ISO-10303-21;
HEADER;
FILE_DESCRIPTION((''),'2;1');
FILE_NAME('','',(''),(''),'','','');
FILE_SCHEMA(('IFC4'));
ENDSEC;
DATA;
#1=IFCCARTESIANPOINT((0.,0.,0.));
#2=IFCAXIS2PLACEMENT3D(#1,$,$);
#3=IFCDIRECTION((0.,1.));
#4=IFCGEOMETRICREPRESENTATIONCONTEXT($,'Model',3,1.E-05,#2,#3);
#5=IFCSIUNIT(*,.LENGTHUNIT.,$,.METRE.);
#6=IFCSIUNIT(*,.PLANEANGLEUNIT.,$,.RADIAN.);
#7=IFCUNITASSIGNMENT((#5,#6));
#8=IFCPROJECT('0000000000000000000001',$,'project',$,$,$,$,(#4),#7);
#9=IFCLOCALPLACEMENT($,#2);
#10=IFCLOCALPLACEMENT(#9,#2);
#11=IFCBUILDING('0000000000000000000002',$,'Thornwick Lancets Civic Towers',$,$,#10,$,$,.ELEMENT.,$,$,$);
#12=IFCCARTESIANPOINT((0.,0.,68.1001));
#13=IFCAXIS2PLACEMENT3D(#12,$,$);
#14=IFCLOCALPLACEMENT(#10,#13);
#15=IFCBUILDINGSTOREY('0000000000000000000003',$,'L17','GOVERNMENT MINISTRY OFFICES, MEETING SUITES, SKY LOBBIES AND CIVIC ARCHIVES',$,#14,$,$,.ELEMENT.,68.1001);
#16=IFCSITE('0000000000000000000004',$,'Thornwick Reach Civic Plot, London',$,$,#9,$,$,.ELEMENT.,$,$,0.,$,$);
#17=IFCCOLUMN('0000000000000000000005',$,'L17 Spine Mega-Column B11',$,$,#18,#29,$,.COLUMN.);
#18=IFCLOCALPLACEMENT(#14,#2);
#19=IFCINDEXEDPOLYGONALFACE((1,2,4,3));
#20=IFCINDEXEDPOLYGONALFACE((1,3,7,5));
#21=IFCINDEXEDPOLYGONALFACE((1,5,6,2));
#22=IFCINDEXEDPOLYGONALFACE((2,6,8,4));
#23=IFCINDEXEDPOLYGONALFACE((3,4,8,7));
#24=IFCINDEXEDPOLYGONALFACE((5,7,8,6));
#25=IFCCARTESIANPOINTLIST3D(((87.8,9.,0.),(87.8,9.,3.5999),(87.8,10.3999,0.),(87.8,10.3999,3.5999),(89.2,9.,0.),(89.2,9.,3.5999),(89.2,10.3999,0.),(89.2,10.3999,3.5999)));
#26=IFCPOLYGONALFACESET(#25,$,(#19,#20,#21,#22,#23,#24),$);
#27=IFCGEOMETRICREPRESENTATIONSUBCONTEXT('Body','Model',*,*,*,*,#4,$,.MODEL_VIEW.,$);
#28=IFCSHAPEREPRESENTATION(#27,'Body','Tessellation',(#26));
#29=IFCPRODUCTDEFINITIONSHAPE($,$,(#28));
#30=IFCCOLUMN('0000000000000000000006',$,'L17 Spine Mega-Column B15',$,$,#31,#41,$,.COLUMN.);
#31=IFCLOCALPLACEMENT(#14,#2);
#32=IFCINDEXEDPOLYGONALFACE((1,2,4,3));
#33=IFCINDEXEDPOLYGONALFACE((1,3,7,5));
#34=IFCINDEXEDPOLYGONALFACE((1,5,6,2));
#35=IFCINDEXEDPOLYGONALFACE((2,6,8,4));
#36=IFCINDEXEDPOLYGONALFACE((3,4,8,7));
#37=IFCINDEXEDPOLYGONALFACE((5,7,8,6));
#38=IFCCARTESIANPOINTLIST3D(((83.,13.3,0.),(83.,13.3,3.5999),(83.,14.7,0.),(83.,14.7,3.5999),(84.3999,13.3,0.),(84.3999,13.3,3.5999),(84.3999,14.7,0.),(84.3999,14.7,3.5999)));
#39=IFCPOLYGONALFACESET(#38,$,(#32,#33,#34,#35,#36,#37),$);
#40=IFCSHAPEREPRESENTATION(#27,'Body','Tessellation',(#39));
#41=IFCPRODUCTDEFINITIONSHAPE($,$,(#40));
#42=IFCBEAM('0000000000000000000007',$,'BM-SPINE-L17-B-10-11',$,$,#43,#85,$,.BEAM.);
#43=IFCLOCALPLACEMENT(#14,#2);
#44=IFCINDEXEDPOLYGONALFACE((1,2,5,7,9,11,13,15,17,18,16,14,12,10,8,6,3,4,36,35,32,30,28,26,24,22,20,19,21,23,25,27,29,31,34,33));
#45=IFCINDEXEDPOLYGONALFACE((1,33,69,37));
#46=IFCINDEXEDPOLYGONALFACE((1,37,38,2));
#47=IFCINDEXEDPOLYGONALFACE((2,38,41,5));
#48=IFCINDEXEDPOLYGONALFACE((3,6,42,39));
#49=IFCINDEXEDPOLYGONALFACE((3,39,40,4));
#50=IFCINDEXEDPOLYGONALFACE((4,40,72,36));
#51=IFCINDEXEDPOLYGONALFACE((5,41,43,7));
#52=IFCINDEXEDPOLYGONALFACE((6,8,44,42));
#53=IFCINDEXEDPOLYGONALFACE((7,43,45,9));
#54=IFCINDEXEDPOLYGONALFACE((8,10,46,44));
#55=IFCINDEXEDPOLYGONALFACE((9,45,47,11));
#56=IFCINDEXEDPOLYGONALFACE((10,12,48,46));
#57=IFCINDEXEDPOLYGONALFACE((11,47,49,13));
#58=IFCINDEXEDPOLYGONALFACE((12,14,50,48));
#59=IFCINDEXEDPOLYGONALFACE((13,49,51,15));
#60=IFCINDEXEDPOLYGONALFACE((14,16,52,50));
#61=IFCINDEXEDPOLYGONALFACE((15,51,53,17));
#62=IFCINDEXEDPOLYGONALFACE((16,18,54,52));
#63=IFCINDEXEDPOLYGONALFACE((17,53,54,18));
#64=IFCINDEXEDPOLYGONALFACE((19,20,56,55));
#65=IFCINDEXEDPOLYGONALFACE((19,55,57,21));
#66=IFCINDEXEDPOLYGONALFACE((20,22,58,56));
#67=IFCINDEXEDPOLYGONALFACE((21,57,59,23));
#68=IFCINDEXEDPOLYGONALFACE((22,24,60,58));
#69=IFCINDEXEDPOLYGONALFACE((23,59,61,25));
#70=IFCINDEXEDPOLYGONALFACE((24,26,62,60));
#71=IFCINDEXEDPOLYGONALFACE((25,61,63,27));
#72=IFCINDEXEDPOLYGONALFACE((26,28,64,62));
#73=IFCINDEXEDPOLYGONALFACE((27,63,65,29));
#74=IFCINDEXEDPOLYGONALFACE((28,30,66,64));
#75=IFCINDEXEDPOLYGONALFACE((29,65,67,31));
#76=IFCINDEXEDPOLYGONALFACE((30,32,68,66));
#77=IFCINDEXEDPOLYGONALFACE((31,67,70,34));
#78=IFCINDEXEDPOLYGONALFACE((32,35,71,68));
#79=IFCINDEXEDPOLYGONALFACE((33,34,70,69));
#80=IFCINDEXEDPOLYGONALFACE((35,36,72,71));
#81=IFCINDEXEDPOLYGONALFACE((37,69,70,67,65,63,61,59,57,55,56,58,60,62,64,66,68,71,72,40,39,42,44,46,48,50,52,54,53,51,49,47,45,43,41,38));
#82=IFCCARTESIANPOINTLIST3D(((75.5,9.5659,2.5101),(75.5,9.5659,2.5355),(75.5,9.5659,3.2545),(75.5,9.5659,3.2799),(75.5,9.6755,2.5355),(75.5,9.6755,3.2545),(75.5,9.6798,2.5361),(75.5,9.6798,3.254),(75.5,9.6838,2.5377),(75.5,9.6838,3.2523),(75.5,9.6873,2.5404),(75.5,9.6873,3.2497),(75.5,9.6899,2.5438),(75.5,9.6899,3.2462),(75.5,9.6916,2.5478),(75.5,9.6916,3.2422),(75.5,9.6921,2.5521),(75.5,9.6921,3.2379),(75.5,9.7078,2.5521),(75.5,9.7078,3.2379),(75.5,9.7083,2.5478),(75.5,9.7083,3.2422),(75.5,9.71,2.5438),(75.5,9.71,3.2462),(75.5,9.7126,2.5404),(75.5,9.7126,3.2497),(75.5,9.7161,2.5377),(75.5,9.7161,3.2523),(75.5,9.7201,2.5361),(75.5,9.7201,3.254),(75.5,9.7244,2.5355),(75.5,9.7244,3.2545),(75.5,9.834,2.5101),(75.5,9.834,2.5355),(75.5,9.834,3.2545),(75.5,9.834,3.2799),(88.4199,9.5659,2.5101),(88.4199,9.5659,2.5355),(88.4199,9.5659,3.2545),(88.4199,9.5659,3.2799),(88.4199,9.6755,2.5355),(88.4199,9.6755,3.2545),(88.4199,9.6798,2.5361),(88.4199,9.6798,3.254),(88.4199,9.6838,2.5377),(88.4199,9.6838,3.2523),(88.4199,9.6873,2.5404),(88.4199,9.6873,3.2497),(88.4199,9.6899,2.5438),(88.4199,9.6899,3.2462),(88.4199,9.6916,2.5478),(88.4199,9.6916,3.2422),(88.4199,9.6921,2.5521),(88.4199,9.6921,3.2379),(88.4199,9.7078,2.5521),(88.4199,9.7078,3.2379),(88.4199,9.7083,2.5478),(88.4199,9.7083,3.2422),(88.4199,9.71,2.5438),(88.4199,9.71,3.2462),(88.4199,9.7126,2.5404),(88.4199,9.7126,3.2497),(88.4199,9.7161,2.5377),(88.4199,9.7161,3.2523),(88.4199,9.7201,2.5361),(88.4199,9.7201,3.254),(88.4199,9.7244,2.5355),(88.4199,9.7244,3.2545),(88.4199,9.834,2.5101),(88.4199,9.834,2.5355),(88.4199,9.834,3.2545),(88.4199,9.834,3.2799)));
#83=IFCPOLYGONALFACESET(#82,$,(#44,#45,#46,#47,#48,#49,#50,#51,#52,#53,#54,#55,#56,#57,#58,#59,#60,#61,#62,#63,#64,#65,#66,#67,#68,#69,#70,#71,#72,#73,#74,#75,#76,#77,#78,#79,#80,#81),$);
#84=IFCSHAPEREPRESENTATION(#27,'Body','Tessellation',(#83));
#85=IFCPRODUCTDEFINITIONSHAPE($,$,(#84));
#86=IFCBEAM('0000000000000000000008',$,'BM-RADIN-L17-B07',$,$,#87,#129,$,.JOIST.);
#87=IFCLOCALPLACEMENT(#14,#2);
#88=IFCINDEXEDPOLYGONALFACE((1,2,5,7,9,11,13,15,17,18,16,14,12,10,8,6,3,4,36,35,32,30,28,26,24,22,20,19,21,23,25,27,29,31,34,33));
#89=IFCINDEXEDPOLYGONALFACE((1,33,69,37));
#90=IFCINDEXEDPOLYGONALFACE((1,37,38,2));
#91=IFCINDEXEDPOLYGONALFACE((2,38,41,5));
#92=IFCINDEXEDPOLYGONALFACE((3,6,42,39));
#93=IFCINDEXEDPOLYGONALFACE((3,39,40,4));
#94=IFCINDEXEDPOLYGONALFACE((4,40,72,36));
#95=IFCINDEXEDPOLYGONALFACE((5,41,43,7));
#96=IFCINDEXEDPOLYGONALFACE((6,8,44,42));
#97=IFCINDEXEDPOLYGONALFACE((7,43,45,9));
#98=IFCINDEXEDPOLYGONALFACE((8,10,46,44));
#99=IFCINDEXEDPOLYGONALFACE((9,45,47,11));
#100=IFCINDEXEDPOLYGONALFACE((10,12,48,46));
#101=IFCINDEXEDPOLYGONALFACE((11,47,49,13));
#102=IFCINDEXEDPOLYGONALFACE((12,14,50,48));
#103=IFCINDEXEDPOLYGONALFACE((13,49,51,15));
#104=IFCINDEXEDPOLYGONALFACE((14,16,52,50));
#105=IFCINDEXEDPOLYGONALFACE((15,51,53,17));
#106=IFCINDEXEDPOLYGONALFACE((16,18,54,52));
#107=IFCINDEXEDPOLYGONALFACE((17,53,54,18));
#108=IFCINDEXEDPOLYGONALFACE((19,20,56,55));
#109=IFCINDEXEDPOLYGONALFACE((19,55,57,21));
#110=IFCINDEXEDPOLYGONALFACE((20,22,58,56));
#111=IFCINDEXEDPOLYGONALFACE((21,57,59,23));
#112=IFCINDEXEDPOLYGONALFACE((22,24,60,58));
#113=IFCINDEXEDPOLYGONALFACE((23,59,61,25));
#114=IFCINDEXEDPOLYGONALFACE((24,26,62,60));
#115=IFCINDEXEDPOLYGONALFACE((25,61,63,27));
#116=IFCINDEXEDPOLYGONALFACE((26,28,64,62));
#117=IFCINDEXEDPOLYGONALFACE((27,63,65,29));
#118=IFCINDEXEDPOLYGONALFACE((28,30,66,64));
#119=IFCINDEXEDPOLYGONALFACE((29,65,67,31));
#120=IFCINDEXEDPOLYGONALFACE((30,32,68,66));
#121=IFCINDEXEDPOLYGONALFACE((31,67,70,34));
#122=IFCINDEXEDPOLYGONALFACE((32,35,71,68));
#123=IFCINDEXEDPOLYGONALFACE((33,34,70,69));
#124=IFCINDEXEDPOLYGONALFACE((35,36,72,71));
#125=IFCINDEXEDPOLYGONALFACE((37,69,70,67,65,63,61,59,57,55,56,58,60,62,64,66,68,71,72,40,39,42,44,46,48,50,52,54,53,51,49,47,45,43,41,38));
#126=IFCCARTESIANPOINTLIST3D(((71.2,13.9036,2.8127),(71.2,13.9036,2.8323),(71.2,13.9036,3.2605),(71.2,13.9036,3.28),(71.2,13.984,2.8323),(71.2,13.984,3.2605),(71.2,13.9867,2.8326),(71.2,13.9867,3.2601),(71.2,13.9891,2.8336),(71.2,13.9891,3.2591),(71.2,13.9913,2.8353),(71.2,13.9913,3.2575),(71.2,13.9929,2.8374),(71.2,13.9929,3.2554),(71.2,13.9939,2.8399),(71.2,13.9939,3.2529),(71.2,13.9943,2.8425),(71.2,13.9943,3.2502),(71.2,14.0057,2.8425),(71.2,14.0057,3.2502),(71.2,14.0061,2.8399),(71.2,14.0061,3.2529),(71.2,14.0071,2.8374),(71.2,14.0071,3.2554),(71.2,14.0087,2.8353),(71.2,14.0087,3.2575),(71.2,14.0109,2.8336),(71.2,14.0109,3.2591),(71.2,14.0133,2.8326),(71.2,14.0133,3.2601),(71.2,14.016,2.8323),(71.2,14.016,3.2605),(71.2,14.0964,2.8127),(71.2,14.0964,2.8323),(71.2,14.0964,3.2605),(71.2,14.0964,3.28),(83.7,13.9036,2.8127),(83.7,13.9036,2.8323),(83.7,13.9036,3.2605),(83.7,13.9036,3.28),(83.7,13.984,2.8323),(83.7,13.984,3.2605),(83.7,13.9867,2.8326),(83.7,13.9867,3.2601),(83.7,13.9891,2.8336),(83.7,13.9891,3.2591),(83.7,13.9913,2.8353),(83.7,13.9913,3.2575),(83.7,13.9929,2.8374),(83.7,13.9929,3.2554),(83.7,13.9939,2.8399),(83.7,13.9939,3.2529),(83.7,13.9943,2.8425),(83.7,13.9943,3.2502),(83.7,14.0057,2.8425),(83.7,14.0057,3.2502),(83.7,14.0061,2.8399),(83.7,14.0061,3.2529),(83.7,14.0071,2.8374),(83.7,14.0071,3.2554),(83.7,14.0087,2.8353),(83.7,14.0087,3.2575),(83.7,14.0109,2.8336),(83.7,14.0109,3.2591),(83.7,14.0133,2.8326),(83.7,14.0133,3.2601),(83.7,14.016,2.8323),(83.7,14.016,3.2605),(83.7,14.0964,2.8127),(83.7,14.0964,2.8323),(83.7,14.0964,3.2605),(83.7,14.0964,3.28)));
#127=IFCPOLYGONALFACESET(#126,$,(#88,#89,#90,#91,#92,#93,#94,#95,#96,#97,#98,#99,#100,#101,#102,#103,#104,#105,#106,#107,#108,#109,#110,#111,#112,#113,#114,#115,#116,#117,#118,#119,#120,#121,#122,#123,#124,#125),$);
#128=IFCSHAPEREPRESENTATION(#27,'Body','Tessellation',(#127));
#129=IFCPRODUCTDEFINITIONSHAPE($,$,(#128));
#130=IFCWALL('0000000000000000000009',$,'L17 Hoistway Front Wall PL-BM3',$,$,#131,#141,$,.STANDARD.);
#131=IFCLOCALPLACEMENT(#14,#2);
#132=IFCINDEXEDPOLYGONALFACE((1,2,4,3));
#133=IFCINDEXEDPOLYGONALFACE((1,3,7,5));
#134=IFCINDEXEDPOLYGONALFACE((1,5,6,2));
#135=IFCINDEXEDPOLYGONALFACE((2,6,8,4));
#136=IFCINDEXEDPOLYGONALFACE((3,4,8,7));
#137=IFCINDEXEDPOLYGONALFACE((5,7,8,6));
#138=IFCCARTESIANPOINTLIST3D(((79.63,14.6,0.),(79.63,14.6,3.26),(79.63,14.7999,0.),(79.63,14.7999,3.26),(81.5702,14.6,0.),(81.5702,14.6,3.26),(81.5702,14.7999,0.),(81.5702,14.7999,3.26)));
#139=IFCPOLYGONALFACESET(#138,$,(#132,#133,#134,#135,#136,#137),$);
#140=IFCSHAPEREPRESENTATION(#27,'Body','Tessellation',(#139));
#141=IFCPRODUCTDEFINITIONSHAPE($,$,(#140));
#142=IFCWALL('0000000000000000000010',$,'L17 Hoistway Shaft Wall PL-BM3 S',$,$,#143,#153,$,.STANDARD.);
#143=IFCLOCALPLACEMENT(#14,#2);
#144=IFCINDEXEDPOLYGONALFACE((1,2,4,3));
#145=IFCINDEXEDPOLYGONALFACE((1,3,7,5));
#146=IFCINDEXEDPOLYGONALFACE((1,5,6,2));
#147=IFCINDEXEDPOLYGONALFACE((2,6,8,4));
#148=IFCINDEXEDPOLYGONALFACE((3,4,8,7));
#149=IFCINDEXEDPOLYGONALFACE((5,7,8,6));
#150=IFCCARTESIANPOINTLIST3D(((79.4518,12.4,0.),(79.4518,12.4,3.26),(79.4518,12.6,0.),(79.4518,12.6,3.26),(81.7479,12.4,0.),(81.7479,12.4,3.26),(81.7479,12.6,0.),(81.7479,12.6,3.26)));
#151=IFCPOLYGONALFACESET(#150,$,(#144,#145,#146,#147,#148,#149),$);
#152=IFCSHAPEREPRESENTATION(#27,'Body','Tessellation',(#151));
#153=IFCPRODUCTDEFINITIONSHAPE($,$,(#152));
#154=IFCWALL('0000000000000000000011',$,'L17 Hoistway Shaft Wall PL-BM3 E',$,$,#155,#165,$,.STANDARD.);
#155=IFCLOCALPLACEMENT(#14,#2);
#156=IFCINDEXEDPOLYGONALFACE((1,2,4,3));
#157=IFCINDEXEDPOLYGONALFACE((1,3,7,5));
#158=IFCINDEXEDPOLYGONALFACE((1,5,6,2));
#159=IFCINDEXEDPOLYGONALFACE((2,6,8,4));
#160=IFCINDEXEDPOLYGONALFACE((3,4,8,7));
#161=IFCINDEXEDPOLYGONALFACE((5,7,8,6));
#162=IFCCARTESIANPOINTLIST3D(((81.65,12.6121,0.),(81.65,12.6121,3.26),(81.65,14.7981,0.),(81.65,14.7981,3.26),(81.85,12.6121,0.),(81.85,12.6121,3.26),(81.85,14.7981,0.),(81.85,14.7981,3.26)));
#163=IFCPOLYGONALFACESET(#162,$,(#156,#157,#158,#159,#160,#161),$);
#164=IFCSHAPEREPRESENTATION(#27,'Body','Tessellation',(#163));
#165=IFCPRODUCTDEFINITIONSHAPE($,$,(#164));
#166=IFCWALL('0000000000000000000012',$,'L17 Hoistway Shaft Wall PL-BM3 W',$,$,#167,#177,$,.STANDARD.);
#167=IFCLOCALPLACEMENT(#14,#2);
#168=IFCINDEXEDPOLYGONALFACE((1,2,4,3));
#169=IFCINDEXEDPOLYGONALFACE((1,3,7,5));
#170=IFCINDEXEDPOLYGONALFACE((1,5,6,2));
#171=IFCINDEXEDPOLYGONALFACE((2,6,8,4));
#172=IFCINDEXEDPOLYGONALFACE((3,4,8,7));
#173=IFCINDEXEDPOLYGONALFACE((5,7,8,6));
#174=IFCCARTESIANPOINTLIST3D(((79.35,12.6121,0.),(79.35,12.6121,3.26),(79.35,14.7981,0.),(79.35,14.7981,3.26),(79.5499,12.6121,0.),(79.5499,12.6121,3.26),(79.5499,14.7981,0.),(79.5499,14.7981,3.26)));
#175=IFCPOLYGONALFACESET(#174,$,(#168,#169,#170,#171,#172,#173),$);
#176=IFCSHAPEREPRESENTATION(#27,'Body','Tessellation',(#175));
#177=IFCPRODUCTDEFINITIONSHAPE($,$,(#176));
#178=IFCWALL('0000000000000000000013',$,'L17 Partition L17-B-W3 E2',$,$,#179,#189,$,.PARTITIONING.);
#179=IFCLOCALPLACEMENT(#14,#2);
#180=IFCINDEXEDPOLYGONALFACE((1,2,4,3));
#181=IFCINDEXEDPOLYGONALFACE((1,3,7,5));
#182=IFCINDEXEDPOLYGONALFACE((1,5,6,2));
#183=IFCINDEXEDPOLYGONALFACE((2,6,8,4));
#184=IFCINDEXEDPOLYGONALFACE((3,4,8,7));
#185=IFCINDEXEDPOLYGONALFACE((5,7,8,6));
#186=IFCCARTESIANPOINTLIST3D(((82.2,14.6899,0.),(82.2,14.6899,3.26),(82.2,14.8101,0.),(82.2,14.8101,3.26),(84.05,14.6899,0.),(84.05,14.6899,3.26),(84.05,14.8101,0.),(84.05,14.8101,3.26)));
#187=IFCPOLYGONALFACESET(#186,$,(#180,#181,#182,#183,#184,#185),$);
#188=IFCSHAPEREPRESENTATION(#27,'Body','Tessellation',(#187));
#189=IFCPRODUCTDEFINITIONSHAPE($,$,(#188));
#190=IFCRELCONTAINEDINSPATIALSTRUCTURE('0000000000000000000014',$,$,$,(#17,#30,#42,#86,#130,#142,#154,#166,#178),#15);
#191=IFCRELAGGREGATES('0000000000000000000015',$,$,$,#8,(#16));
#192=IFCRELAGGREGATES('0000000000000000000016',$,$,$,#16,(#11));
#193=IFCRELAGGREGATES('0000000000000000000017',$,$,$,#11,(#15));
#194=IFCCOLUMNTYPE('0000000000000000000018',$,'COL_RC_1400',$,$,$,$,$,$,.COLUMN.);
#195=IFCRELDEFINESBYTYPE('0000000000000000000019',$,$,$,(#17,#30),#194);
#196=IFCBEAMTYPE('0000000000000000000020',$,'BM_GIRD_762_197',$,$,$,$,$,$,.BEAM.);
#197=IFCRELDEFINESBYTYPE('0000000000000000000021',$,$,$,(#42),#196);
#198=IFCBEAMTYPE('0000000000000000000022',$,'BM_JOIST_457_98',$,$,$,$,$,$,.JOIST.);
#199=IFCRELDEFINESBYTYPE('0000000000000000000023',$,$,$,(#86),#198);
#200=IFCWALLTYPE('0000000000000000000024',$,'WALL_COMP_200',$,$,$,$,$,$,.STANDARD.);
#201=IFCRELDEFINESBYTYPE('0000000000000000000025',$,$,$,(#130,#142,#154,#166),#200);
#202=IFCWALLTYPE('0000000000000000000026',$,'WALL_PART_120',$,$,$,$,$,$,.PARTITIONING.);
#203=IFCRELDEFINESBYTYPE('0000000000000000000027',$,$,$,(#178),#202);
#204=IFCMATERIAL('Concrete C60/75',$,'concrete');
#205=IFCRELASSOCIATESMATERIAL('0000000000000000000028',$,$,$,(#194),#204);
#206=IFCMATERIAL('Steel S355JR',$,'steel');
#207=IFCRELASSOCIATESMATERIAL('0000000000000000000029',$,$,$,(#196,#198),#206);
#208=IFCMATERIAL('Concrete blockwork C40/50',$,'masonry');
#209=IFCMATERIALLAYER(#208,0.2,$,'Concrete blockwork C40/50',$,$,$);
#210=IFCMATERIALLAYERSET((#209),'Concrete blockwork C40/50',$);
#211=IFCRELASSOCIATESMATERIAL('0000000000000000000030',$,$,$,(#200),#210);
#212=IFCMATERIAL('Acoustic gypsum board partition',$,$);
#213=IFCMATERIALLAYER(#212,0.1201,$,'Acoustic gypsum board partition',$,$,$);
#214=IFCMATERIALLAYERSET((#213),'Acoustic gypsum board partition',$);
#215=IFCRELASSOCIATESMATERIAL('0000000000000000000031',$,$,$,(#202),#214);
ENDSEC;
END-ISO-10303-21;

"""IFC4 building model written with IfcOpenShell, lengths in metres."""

from ifc_helpers import new_model, si_unit, direction, frame, frame_2d, origin, origin_2d, place, context, subcontext, project, spatial, rectangle, i_section, extrude, material, layer, layer_set, material_profile, profile_set, type_object, element, save


model = new_model("IFC4")

# Units and contexts
model_context = context("Model", 3, precision=1e-05, world=origin(), true_north=direction((0.0, 1.0)))
body_context = subcontext(model_context, "Body", "Model", "MODEL_VIEW")
ifc_project = project(units=[si_unit("LENGTHUNIT", "METRE"), si_unit("PLANEANGLEUNIT", "RADIAN")], contexts=[model_context])

# Site, building, storey
site_placement = place(None, origin())
site = spatial("IfcSite", under=ifc_project, at=site_placement, Name="Thornwick Reach Civic Plot, London", CompositionType="ELEMENT", RefElevation=0.0)
building_placement = place(site_placement, origin())
building = spatial("IfcBuilding", under=site, at=building_placement, Name="Thornwick Lancets Civic Towers", CompositionType="ELEMENT")
storey_placement = place(building_placement, frame((0.0, 0.0, 68.1001)))
storey = spatial("IfcBuildingStorey", under=building, at=storey_placement, Name="L17", Description="GOVERNMENT MINISTRY OFFICES, MEETING SUITES, SKY LOBBIES AND CIVIC ARCHIVES", CompositionType="ELEMENT", Elevation=68.1001)

# Columns
ifc_material_1 = material(Name="Concrete C60/75", Category="concrete")
ifc_material_profile_1 = material_profile(ifc_material_1, rectangle(XDim=1.3999, YDim=1.3999, at=origin_2d()), Name="RC 1400x1400")
ifc_profile_set_1 = profile_set([ifc_material_profile_1], Name="Concrete C60/75")
column_type = type_object("IfcColumnType", Name="COL_RC_1400", PredefinedType="COLUMN", material=ifc_profile_set_1)
for number, where, z_axis, x_axis, name in (
    (1, (88.5, 9.7, 0.0), (0.0, 0.0, 1.0), (1.0, 0.0, 0.0), "L17 Spine Mega-Column B11"),
    (2, (83.7, 14.0, 0.0), (0.0, 0.0, 1.0), (1.0, 0.0, 0.0), "L17 Spine Mega-Column B15"),
):
    element("IfcColumn", number, at=place(storey_placement, frame(where, z_axis=z_axis, x_axis=x_axis)), inside=storey, type_object=column_type, Name=name, PredefinedType="COLUMN", context=body_context, shape_type="SweptSolid", body=[
        extrude(rectangle(XDim=1.3999, YDim=1.3999, at=origin_2d()), origin(), (0.0, 0.0, 1.0), 3.5999),
    ])

# Beams
ifc_material_2 = material(Name="Steel S355JR", Category="steel")
ifc_material_profile_2 = material_profile(ifc_material_2, i_section(OverallWidth=0.2681, OverallDepth=0.7698, WebThickness=0.0156, FlangeThickness=0.0254, FilletRadius=0.0166, at=origin_2d()), Name="UKB 762x267x197")
ifc_profile_set_2 = profile_set([ifc_material_profile_2], Name="Steel S355JR")
beam_type_1 = type_object("IfcBeamType", Name="BM_GIRD_762_197", PredefinedType="BEAM", material=ifc_profile_set_2)
beam_1_placement = place(storey_placement, frame((88.4199, 9.7, 2.895), z_axis=(-1.0, 0.0, 0.0), x_axis=(0.0, -1.0, 0.0)))
element("IfcBeam", 3, at=beam_1_placement, inside=storey, type_object=beam_type_1, Name="BM-SPINE-L17-B-10-11", PredefinedType="BEAM", context=body_context, shape_type="SweptSolid", body=[
    extrude(i_section(OverallWidth=0.2681, OverallDepth=0.7698, WebThickness=0.0156, FlangeThickness=0.0254, FilletRadius=0.0166, at=origin_2d()), origin(), (0.0, 0.0, 1.0), 12.9199),
])
ifc_material_profile_3 = material_profile(ifc_material_2, i_section(OverallWidth=0.1929, OverallDepth=0.4673, WebThickness=0.0115, FlangeThickness=0.0195, FilletRadius=0.0103, at=origin_2d()), Name="UKB 457x191x98")
ifc_profile_set_3 = profile_set([ifc_material_profile_3], Name="Steel S355JR")
beam_type_2 = type_object("IfcBeamType", Name="BM_JOIST_457_98", PredefinedType="JOIST", material=ifc_profile_set_3)
beam_2_placement = place(storey_placement, frame((83.7, 14.0, 3.0464), z_axis=(-1.0, 0.0, 0.0), x_axis=(0.0, -1.0, 0.0)))
element("IfcBeam", 4, at=beam_2_placement, inside=storey, type_object=beam_type_2, Name="BM-RADIN-L17-B07", PredefinedType="JOIST", context=body_context, shape_type="SweptSolid", body=[
    extrude(i_section(OverallWidth=0.1929, OverallDepth=0.4673, WebThickness=0.0115, FlangeThickness=0.0195, FilletRadius=0.0103, at=origin_2d()), origin(), (0.0, 0.0, 1.0), 12.5),
])

# Walls
ifc_material_3 = material(Name="Concrete blockwork C40/50", Category="masonry")
ifc_layer_1 = layer(ifc_material_3, 0.2, Name="Concrete blockwork C40/50")
ifc_layer_set_1 = layer_set([ifc_layer_1], Name="Concrete blockwork C40/50")
wall_type_1 = type_object("IfcWallType", Name="WALL_COMP_200", PredefinedType="STANDARD", material=ifc_layer_set_1)
wall_1_placement = place(storey_placement, frame((79.6299, 14.7, 0.0), z_axis=(0.0, 0.0, 1.0), x_axis=(1.0, 0.0, 0.0)))
element("IfcWall", 5, at=wall_1_placement, inside=storey, type_object=wall_type_1, Name="L17 Hoistway Front Wall PL-BM3", PredefinedType="STANDARD", context=body_context, shape_type="SweptSolid", body=[
    extrude(rectangle(XDim=1.9402, YDim=0.2, at=frame_2d((0.9702, 0.0))), origin(), (0.0, 0.0, 1.0), 3.26),
])
wall_2_placement = place(storey_placement, frame((79.4519, 12.5, 0.0), z_axis=(0.0, 0.0, 1.0), x_axis=(1.0, 0.0, 0.0)))
element("IfcWall", 6, at=wall_2_placement, inside=storey, type_object=wall_type_1, Name="L17 Hoistway Shaft Wall PL-BM3 S", PredefinedType="STANDARD", context=body_context, shape_type="SweptSolid", body=[
    extrude(rectangle(XDim=2.2961, YDim=0.2, at=frame_2d((1.1479, 0.0))), origin(), (0.0, 0.0, 1.0), 3.26),
])
for number, where, z_axis, x_axis, name in (
    (7, (81.75, 12.6121, 0.0), (0.0, 0.0, 1.0), (0.0, 1.0, 0.0), "L17 Hoistway Shaft Wall PL-BM3 E"),
    (8, (79.45, 12.6121, 0.0), (0.0, 0.0, 1.0), (0.0, 1.0, 0.0), "L17 Hoistway Shaft Wall PL-BM3 W"),
):
    element("IfcWall", number, at=place(storey_placement, frame(where, z_axis=z_axis, x_axis=x_axis)), inside=storey, type_object=wall_type_1, Name=name, PredefinedType="STANDARD", context=body_context, shape_type="SweptSolid", body=[
        extrude(rectangle(XDim=2.186, YDim=0.2, at=frame_2d((1.093, 0.0))), origin(), (0.0, 0.0, 1.0), 3.26),
    ])
ifc_material_4 = material(Name="Acoustic gypsum board partition")
ifc_layer_2 = layer(ifc_material_4, 0.1201, Name="Acoustic gypsum board partition")
ifc_layer_set_2 = layer_set([ifc_layer_2], Name="Acoustic gypsum board partition")
wall_type_2 = type_object("IfcWallType", Name="WALL_PART_120", PredefinedType="PARTITIONING", material=ifc_layer_set_2)
wall_3_placement = place(storey_placement, frame((82.2, 14.75, 0.0), z_axis=(0.0, 0.0, 1.0), x_axis=(1.0, 0.0, 0.0)))
element("IfcWall", 9, at=wall_3_placement, inside=storey, type_object=wall_type_2, Name="L17 Partition L17-B-W3 E2", PredefinedType="PARTITIONING", context=body_context, shape_type="SweptSolid", body=[
    extrude(rectangle(XDim=1.8501, YDim=0.1201, at=frame_2d((0.925, 0.0))), origin(), (0.0, 0.0, 1.0), 3.26),
])

save(model, "model.ifc")
